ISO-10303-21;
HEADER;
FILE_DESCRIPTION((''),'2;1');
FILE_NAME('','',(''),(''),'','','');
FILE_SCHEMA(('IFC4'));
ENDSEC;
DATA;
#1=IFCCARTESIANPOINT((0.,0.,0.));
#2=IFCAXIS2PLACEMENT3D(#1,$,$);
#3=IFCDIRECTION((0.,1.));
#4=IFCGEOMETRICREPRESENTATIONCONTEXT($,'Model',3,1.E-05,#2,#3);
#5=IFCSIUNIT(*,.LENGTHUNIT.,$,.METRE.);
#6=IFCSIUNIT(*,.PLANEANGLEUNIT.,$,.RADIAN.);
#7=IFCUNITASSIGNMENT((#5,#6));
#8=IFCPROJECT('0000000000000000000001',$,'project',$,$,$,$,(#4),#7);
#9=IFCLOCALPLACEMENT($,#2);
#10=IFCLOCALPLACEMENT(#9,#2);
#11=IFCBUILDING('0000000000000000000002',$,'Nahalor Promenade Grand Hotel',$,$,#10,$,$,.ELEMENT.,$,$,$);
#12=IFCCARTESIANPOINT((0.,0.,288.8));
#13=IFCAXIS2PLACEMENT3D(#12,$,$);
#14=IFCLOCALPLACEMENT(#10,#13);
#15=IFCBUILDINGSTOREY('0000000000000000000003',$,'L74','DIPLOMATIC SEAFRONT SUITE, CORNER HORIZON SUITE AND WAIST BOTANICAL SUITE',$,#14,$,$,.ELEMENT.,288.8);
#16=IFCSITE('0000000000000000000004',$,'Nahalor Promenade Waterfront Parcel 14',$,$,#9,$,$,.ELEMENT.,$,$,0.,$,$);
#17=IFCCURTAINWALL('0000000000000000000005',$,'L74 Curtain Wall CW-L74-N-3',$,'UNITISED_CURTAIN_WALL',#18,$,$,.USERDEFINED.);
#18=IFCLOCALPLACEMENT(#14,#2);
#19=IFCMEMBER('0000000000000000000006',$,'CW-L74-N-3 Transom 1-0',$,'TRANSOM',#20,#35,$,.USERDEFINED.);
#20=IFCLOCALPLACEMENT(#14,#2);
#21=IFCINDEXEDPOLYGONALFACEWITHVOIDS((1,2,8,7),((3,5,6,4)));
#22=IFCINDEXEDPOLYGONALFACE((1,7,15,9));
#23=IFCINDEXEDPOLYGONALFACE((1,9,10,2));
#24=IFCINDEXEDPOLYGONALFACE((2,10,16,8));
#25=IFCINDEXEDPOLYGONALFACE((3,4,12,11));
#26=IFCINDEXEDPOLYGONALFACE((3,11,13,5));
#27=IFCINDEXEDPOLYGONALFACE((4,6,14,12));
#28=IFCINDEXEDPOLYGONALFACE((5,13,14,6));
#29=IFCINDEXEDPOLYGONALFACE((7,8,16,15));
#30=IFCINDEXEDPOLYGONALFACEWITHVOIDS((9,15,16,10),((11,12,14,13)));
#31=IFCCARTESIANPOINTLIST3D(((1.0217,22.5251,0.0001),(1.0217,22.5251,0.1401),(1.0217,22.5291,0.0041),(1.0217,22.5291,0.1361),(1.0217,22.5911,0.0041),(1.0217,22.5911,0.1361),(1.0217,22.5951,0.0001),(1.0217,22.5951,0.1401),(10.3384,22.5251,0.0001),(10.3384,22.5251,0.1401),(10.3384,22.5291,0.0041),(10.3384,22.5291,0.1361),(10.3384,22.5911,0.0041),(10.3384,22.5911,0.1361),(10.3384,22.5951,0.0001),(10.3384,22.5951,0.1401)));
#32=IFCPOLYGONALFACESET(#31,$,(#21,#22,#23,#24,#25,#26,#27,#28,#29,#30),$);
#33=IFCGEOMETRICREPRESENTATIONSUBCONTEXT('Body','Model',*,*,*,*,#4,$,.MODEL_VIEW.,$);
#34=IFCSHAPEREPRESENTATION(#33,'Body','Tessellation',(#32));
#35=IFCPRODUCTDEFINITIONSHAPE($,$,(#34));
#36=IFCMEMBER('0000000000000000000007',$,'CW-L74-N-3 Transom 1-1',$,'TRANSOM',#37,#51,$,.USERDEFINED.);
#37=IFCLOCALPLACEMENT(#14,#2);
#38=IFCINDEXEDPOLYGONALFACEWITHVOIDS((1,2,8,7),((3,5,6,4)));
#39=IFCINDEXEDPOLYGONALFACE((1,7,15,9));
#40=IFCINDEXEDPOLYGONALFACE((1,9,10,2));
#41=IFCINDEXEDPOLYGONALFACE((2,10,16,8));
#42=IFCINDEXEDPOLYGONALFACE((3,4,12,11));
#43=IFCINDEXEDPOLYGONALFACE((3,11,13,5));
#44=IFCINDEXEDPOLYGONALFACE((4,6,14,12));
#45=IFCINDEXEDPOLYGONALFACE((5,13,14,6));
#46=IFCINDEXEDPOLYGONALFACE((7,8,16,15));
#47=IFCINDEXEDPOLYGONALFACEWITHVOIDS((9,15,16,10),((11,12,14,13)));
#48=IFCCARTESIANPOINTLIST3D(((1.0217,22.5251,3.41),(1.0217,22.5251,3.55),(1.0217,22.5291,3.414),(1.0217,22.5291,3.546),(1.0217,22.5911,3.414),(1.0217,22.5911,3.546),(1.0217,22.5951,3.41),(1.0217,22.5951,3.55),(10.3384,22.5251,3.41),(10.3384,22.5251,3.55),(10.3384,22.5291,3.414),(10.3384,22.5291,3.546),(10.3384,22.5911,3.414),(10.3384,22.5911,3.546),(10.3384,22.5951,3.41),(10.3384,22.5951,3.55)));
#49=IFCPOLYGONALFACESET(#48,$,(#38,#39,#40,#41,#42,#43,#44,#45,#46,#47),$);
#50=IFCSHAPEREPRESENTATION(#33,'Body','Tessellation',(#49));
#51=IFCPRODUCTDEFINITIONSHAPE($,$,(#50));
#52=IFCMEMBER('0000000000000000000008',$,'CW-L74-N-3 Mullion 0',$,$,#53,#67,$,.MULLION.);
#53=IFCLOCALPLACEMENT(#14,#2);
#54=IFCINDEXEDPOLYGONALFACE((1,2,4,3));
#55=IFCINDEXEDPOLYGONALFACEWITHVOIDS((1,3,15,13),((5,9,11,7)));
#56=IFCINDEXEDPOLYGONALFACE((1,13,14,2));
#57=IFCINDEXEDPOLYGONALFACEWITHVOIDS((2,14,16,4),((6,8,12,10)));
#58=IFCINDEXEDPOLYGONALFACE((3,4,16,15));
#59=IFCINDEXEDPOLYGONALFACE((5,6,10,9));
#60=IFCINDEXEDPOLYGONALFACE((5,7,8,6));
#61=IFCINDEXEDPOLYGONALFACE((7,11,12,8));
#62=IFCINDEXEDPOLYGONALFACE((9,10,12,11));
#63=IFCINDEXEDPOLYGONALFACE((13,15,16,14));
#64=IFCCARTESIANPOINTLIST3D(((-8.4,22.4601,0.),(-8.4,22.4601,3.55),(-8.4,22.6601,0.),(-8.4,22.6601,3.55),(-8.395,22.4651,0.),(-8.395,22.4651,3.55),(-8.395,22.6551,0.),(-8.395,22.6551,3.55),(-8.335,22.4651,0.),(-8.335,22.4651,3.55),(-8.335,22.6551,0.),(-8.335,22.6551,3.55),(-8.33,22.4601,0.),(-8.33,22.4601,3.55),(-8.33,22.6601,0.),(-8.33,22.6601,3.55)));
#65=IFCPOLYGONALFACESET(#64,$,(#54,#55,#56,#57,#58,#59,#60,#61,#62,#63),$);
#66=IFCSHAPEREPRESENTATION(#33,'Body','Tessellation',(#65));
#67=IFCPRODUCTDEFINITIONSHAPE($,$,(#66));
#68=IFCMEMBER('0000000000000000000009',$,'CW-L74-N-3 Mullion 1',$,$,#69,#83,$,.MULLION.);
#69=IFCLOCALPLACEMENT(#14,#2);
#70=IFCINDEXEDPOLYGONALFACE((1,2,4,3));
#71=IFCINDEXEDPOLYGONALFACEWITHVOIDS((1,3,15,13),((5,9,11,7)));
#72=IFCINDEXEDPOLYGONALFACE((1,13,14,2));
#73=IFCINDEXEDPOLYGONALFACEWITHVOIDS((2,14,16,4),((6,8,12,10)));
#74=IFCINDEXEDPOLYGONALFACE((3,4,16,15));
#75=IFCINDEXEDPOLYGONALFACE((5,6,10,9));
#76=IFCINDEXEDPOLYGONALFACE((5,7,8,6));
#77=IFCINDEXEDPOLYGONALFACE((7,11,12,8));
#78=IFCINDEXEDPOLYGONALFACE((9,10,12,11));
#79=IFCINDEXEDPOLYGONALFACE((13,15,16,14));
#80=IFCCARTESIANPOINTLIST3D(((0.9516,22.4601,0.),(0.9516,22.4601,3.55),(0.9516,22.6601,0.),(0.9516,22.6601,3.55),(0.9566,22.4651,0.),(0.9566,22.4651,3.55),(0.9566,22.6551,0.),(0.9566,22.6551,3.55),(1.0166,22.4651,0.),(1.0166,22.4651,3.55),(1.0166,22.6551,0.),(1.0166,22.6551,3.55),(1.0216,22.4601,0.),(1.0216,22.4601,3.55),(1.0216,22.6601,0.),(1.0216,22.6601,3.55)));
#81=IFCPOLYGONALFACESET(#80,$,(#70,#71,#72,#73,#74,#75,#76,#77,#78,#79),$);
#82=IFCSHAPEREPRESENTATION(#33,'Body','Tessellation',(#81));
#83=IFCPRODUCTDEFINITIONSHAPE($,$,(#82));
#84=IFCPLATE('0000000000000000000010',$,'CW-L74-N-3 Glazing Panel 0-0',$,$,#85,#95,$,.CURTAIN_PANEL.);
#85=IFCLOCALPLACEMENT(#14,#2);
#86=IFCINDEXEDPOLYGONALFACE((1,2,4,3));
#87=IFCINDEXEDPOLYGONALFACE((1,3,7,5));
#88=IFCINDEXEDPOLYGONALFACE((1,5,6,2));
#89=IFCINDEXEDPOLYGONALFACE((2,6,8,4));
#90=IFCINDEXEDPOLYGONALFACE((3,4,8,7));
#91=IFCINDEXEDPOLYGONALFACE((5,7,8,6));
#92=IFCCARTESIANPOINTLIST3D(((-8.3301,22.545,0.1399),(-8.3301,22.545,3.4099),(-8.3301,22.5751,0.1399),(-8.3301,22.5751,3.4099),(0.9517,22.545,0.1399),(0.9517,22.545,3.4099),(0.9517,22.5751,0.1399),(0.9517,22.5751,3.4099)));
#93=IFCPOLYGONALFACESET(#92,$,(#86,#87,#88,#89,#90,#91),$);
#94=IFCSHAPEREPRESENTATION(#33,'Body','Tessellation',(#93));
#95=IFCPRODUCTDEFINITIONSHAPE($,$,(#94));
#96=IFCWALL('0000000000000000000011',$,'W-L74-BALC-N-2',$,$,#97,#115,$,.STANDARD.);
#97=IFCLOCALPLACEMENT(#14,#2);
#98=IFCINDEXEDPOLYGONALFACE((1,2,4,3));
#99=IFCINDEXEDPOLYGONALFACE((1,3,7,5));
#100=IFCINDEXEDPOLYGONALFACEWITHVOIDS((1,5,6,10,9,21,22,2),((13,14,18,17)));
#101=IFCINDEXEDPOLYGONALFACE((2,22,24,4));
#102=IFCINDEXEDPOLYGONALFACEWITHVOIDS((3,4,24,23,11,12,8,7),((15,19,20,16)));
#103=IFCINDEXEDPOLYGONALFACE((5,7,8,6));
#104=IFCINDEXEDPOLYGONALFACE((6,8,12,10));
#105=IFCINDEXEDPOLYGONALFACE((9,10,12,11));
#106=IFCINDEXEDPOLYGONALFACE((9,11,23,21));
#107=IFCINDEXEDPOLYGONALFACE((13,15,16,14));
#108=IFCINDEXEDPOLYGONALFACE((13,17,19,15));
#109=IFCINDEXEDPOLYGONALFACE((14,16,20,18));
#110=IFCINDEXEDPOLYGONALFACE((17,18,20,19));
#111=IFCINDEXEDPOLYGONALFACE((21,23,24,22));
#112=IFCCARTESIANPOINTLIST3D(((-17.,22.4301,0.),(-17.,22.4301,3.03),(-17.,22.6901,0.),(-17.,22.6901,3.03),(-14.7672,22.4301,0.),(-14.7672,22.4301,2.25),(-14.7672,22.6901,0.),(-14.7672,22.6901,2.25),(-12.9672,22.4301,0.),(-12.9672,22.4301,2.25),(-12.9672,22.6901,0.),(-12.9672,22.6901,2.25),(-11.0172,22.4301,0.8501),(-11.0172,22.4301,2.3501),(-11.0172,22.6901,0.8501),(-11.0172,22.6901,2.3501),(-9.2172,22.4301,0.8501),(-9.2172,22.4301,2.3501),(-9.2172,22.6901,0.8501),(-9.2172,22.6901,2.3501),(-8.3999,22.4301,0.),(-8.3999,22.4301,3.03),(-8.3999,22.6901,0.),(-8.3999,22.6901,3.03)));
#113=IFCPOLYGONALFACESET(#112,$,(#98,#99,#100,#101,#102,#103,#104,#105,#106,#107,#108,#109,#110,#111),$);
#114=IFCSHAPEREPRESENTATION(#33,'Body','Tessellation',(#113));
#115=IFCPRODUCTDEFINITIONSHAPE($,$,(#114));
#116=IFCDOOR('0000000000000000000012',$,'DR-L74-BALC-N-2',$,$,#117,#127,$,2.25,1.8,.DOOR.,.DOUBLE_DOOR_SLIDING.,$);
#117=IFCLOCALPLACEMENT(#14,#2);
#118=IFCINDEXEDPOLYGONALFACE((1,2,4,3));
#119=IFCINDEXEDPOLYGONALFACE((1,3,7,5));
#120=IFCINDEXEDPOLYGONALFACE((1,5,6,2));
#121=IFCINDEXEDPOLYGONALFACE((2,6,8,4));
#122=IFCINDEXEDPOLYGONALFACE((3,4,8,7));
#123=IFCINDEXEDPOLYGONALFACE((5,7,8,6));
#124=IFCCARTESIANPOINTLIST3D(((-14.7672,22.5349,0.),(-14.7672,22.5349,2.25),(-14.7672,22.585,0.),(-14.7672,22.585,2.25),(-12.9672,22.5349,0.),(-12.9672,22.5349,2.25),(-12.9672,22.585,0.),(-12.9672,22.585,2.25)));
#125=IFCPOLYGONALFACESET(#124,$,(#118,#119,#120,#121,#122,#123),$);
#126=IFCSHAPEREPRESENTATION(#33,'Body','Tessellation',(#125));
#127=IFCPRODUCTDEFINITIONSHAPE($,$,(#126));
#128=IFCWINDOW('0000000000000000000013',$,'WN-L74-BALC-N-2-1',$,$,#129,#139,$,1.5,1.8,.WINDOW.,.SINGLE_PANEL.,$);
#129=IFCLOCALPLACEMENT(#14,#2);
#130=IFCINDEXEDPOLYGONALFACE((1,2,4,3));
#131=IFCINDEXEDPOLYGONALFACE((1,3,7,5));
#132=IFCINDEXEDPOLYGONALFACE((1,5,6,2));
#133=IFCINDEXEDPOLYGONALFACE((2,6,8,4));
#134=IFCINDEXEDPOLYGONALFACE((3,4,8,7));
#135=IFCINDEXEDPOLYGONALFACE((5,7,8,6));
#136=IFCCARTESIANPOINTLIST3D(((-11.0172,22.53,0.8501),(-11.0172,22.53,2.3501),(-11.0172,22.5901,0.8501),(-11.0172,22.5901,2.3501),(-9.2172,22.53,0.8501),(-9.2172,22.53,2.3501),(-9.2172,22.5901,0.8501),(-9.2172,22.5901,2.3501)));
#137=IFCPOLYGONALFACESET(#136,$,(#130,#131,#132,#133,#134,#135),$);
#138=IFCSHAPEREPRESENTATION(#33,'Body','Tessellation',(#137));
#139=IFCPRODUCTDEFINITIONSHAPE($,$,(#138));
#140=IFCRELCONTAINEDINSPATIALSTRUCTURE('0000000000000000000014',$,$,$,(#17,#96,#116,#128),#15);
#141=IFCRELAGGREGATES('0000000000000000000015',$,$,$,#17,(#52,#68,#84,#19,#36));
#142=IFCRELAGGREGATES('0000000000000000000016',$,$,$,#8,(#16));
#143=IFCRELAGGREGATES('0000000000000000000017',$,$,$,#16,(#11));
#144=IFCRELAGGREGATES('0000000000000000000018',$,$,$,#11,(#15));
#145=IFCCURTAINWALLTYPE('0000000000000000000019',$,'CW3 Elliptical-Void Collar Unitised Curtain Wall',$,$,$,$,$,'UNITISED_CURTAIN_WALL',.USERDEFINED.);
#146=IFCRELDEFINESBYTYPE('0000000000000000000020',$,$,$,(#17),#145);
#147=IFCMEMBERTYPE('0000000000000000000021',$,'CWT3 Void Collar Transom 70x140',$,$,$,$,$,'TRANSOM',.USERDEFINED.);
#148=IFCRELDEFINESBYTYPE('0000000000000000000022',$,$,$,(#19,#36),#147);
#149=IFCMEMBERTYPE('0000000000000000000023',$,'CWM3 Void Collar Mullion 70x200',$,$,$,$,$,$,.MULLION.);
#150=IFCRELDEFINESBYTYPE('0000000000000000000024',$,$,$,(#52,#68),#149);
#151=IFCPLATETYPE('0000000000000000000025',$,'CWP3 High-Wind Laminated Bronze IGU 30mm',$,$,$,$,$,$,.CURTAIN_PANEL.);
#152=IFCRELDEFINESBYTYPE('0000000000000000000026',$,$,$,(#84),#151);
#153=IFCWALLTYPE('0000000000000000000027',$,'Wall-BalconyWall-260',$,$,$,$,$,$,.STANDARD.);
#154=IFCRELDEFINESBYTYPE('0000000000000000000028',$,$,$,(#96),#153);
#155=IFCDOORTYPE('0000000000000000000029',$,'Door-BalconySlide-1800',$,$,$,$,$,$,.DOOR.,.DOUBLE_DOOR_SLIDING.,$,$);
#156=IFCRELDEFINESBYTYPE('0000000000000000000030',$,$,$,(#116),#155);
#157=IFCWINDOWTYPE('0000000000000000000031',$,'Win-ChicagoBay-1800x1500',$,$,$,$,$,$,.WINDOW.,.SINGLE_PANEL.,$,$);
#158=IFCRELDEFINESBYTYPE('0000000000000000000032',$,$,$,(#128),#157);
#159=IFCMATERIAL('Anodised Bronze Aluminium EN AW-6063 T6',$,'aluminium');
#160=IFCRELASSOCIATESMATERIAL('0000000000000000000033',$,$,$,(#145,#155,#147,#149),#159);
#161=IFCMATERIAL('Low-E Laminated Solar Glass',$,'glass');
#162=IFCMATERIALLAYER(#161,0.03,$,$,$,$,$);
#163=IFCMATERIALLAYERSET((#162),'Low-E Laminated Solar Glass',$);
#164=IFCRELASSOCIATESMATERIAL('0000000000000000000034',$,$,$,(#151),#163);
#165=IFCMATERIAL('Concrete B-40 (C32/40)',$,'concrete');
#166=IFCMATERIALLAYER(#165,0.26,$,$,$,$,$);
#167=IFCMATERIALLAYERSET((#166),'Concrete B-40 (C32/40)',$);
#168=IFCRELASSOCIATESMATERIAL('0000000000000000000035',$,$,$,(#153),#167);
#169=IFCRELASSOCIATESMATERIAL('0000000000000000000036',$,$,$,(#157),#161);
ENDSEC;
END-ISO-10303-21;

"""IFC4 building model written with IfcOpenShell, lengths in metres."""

from ifc_helpers import new_model, si_unit, direction, frame, frame_2d, origin, origin_2d, place, context, subcontext, project, spatial, rectangle, hollow_rectangle, extrude, source, transform, mapped, material, layer, layer_set, material_profile, profile_set, type_object, element, fill, aggregate, save


model = new_model("IFC4")

# Units and contexts
model_context = context("Model", 3, precision=1e-05, world=origin(), true_north=direction((0.0, 1.0)))
body_context = subcontext(model_context, "Body", "Model", "MODEL_VIEW")
ifc_project = project(units=[si_unit("LENGTHUNIT", "METRE"), si_unit("PLANEANGLEUNIT", "RADIAN")], contexts=[model_context])

# Site, building, storey
site_placement = place(None, origin())
site = spatial("IfcSite", under=ifc_project, at=site_placement, Name="Nahalor Promenade Waterfront Parcel 14", CompositionType="ELEMENT", RefElevation=0.0)
building_placement = place(site_placement, origin())
building = spatial("IfcBuilding", under=site, at=building_placement, Name="Nahalor Promenade Grand Hotel", CompositionType="ELEMENT")
storey_placement = place(building_placement, frame((0.0, 0.0, 288.8)))
storey = spatial("IfcBuildingStorey", under=building, at=storey_placement, Name="L74", Description="DIPLOMATIC SEAFRONT SUITE, CORNER HORIZON SUITE AND WAIST BOTANICAL SUITE", CompositionType="ELEMENT", Elevation=288.8)

# Curtain wall, members, plate
ifc_material_1 = material(Name="Anodised Bronze Aluminium EN AW-6063 T6", Category="aluminium")
curtain_wall_type = type_object("IfcCurtainWallType", Name="CW3 Elliptical-Void Collar Unitised Curtain Wall", ElementType="UNITISED_CURTAIN_WALL", PredefinedType="USERDEFINED", material=ifc_material_1)
curtain_wall_placement = place(storey_placement, origin())
curtain_wall = element("IfcCurtainWall", 1, at=curtain_wall_placement, inside=storey, type_object=curtain_wall_type, Name="L74 Curtain Wall CW-L74-N-3", ObjectType="UNITISED_CURTAIN_WALL", PredefinedType="USERDEFINED")
ifc_material_profile_1 = material_profile(ifc_material_1, hollow_rectangle(XDim=0.07, YDim=0.14, WallThickness=0.004, at=origin_2d()), Name="CWT 70x140x4")
ifc_profile_set_1 = profile_set([ifc_material_profile_1], Name="Anodised Bronze Aluminium EN AW-6063 T6")
member_type_1 = type_object("IfcMemberType", Name="CWT3 Void Collar Transom 70x140", ElementType="TRANSOM", PredefinedType="USERDEFINED", material=ifc_profile_set_1)
shared_shape_1 = source(origin(), body_context, "Body", "SweptSolid", [
    extrude(hollow_rectangle(XDim=0.07, YDim=0.14, WallThickness=0.004, at=origin_2d()), origin(), (0.0, 0.0, 1.0), 9.3167),
])
member_1_placement = place(storey_placement, frame((1.0217, 22.5601, 0.0701), z_axis=(1.0, 0.0, 0.0), x_axis=(0.0, 1.0, 0.0)))
member_1 = element("IfcMember", 2, at=member_1_placement, type_object=member_type_1, Name="CW-L74-N-3 Transom 1-0", ObjectType="TRANSOM", PredefinedType="USERDEFINED", context=body_context, shape_type="MappedRepresentation", body=[
    mapped(shared_shape_1, transform((0.0, 0.0, 0.0), scale=1.0)),
])
member_2_placement = place(storey_placement, frame((1.0217, 22.5601, 3.48), z_axis=(1.0, 0.0, 0.0), x_axis=(0.0, 1.0, 0.0)))
member_2 = element("IfcMember", 3, at=member_2_placement, type_object=member_type_1, Name="CW-L74-N-3 Transom 1-1", ObjectType="TRANSOM", PredefinedType="USERDEFINED", context=body_context, shape_type="MappedRepresentation", body=[
    mapped(shared_shape_1, transform((0.0, 0.0, 0.0), scale=1.0)),
])
ifc_material_profile_2 = material_profile(ifc_material_1, hollow_rectangle(XDim=0.07, YDim=0.2, WallThickness=0.005, at=origin_2d()), Name="CWM 70x200x5")
ifc_profile_set_2 = profile_set([ifc_material_profile_2], Name="Anodised Bronze Aluminium EN AW-6063 T6")
member_type_2 = type_object("IfcMemberType", Name="CWM3 Void Collar Mullion 70x200", PredefinedType="MULLION", material=ifc_profile_set_2)
shared_shape_2 = source(origin(), body_context, "Body", "SweptSolid", [
    extrude(hollow_rectangle(XDim=0.07, YDim=0.2, WallThickness=0.005, at=origin_2d()), origin(), (0.0, 0.0, 1.0), 3.55),
])
member_3_placement = place(storey_placement, frame((-8.365, 22.5601, 0.0), z_axis=(0.0, 0.0, 1.0), x_axis=(1.0, 0.0, 0.0)))
member_3 = element("IfcMember", 4, at=member_3_placement, type_object=member_type_2, Name="CW-L74-N-3 Mullion 0", PredefinedType="MULLION", context=body_context, shape_type="MappedRepresentation", body=[
    mapped(shared_shape_2, transform((0.0, 0.0, 0.0), scale=1.0)),
])
member_4_placement = place(storey_placement, frame((0.9866, 22.5601, 0.0), z_axis=(0.0, 0.0, 1.0), x_axis=(1.0, 0.0, 0.0)))
member_4 = element("IfcMember", 5, at=member_4_placement, type_object=member_type_2, Name="CW-L74-N-3 Mullion 1", PredefinedType="MULLION", context=body_context, shape_type="MappedRepresentation", body=[
    mapped(shared_shape_2, transform((0.0, 0.0, 0.0), scale=1.0)),
])
ifc_material_2 = material(Name="Low-E Laminated Solar Glass", Category="glass")
ifc_layer_1 = layer(ifc_material_2, 0.03)
ifc_layer_set_1 = layer_set([ifc_layer_1], Name="Low-E Laminated Solar Glass")
plate_type = type_object("IfcPlateType", Name="CWP3 High-Wind Laminated Bronze IGU 30mm", PredefinedType="CURTAIN_PANEL", material=ifc_layer_set_1)
shared_shape_3 = source(origin(), body_context, "Body", "SweptSolid", [
    extrude(rectangle(XDim=9.2817, YDim=0.03, at=origin_2d()), origin(), (0.0, 0.0, 1.0), 3.27),
])
plate_placement = place(storey_placement, frame((-3.6892, 22.5601, 0.1399), z_axis=(0.0, 0.0, 1.0), x_axis=(1.0, 0.0, 0.0)))
plate = element("IfcPlate", 6, at=plate_placement, type_object=plate_type, Name="CW-L74-N-3 Glazing Panel 0-0", PredefinedType="CURTAIN_PANEL", context=body_context, shape_type="MappedRepresentation", body=[
    mapped(shared_shape_3, transform((0.0, 0.0, 0.0), scale=1.0)),
])
aggregate(curtain_wall, [member_3, member_4, plate, member_1, member_2])

# Wall, openings, door, window
ifc_material_3 = material(Name="Concrete B-40 (C32/40)", Category="concrete")
ifc_layer_2 = layer(ifc_material_3, 0.26)
ifc_layer_set_2 = layer_set([ifc_layer_2], Name="Concrete B-40 (C32/40)")
wall_type_1 = type_object("IfcWallType", Name="Wall-BalconyWall-260", PredefinedType="STANDARD", material=ifc_layer_set_2)
shared_shape_4 = source(origin(), body_context, "Body", "SweptSolid", [
    extrude(rectangle(XDim=8.6001, YDim=0.26, at=frame_2d((4.3, 0.0))), origin(), (0.0, 0.0, 1.0), 3.03),
])
wall_1_placement = place(storey_placement, frame((-17.0, 22.5601, 0.0), z_axis=(0.0, 0.0, 1.0), x_axis=(1.0, 0.0, 0.0)))
wall_1 = element("IfcWall", 7, at=wall_1_placement, inside=storey, type_object=wall_type_1, Name="W-L74-BALC-N-2", PredefinedType="STANDARD", context=body_context, shape_type="MappedRepresentation", body=[
    mapped(shared_shape_4, transform((0.0, 0.0, 0.0), scale=1.0)),
])
opening_1_placement = place(wall_1_placement, frame((2.2329, 0.0, 0.0)))
opening_1 = element("IfcOpeningElement", 8, at=opening_1_placement, cuts=wall_1, PredefinedType="OPENING", context=body_context, shape_type="SweptSolid", body=[
    extrude(rectangle(XDim=1.8, YDim=2.25, at=frame_2d((0.8999, 1.125))), frame((0.0, 0.1399, 0.0), z_axis=(0.0, -1.0, 0.0), x_axis=(1.0, 0.0, 0.0)), (0.0, 0.0, 1.0), 0.28),
])
opening_2_placement = place(wall_1_placement, frame((5.9829, 0.0, 0.8501)))
opening_2 = element("IfcOpeningElement", 9, at=opening_2_placement, cuts=wall_1, PredefinedType="OPENING", context=body_context, shape_type="SweptSolid", body=[
    extrude(rectangle(XDim=1.8, YDim=1.5, at=frame_2d((0.8999, 0.75))), frame((0.0, 0.1399, 0.0), z_axis=(0.0, -1.0, 0.0), x_axis=(1.0, 0.0, 0.0)), (0.0, 0.0, 1.0), 0.28),
])
door_type_1 = type_object("IfcDoorType", Name="Door-BalconySlide-1800", OperationType="DOUBLE_DOOR_SLIDING", PredefinedType="DOOR", material=ifc_material_1)
shared_shape_5 = source(origin(), body_context, "Body", "SweptSolid", [
    extrude(rectangle(XDim=1.8, YDim=2.25, at=frame_2d((0.8999, 1.125))), frame((0.0, 0.0249, 0.0), z_axis=(0.0, -1.0, 0.0), x_axis=(1.0, 0.0, 0.0)), (0.0, 0.0, 1.0), 0.05),
])
door_1_placement = place(opening_1_placement, origin())
door_1 = element("IfcDoor", 10, at=door_1_placement, inside=storey, type_object=door_type_1, Name="DR-L74-BALC-N-2", OperationType="DOUBLE_DOOR_SLIDING", OverallHeight=2.25, OverallWidth=1.8, PredefinedType="DOOR", context=body_context, shape_type="MappedRepresentation", body=[
    mapped(shared_shape_5, transform((0.0, 0.0, 0.0), scale=1.0)),
])
fill(opening_1, door_1)
window_type = type_object("IfcWindowType", Name="Win-ChicagoBay-1800x1500", PartitioningType="SINGLE_PANEL", PredefinedType="WINDOW", material=ifc_material_2)
shared_shape_6 = source(origin(), body_context, "Body", "SweptSolid", [
    extrude(rectangle(XDim=1.8, YDim=1.5, at=frame_2d((0.8999, 0.75))), frame((0.0, 0.03, 0.0), z_axis=(0.0, -1.0, 0.0), x_axis=(1.0, 0.0, 0.0)), (0.0, 0.0, 1.0), 0.0601),
])
window_placement = place(opening_2_placement, origin())
window = element("IfcWindow", 11, at=window_placement, inside=storey, type_object=window_type, Name="WN-L74-BALC-N-2-1", OverallHeight=1.5, OverallWidth=1.8, PartitioningType="SINGLE_PANEL", PredefinedType="WINDOW", context=body_context, shape_type="MappedRepresentation", body=[
    mapped(shared_shape_6, transform((0.0, 0.0, 0.0), scale=1.0)),
])
fill(opening_2, window)

save(model, "model.ifc")
